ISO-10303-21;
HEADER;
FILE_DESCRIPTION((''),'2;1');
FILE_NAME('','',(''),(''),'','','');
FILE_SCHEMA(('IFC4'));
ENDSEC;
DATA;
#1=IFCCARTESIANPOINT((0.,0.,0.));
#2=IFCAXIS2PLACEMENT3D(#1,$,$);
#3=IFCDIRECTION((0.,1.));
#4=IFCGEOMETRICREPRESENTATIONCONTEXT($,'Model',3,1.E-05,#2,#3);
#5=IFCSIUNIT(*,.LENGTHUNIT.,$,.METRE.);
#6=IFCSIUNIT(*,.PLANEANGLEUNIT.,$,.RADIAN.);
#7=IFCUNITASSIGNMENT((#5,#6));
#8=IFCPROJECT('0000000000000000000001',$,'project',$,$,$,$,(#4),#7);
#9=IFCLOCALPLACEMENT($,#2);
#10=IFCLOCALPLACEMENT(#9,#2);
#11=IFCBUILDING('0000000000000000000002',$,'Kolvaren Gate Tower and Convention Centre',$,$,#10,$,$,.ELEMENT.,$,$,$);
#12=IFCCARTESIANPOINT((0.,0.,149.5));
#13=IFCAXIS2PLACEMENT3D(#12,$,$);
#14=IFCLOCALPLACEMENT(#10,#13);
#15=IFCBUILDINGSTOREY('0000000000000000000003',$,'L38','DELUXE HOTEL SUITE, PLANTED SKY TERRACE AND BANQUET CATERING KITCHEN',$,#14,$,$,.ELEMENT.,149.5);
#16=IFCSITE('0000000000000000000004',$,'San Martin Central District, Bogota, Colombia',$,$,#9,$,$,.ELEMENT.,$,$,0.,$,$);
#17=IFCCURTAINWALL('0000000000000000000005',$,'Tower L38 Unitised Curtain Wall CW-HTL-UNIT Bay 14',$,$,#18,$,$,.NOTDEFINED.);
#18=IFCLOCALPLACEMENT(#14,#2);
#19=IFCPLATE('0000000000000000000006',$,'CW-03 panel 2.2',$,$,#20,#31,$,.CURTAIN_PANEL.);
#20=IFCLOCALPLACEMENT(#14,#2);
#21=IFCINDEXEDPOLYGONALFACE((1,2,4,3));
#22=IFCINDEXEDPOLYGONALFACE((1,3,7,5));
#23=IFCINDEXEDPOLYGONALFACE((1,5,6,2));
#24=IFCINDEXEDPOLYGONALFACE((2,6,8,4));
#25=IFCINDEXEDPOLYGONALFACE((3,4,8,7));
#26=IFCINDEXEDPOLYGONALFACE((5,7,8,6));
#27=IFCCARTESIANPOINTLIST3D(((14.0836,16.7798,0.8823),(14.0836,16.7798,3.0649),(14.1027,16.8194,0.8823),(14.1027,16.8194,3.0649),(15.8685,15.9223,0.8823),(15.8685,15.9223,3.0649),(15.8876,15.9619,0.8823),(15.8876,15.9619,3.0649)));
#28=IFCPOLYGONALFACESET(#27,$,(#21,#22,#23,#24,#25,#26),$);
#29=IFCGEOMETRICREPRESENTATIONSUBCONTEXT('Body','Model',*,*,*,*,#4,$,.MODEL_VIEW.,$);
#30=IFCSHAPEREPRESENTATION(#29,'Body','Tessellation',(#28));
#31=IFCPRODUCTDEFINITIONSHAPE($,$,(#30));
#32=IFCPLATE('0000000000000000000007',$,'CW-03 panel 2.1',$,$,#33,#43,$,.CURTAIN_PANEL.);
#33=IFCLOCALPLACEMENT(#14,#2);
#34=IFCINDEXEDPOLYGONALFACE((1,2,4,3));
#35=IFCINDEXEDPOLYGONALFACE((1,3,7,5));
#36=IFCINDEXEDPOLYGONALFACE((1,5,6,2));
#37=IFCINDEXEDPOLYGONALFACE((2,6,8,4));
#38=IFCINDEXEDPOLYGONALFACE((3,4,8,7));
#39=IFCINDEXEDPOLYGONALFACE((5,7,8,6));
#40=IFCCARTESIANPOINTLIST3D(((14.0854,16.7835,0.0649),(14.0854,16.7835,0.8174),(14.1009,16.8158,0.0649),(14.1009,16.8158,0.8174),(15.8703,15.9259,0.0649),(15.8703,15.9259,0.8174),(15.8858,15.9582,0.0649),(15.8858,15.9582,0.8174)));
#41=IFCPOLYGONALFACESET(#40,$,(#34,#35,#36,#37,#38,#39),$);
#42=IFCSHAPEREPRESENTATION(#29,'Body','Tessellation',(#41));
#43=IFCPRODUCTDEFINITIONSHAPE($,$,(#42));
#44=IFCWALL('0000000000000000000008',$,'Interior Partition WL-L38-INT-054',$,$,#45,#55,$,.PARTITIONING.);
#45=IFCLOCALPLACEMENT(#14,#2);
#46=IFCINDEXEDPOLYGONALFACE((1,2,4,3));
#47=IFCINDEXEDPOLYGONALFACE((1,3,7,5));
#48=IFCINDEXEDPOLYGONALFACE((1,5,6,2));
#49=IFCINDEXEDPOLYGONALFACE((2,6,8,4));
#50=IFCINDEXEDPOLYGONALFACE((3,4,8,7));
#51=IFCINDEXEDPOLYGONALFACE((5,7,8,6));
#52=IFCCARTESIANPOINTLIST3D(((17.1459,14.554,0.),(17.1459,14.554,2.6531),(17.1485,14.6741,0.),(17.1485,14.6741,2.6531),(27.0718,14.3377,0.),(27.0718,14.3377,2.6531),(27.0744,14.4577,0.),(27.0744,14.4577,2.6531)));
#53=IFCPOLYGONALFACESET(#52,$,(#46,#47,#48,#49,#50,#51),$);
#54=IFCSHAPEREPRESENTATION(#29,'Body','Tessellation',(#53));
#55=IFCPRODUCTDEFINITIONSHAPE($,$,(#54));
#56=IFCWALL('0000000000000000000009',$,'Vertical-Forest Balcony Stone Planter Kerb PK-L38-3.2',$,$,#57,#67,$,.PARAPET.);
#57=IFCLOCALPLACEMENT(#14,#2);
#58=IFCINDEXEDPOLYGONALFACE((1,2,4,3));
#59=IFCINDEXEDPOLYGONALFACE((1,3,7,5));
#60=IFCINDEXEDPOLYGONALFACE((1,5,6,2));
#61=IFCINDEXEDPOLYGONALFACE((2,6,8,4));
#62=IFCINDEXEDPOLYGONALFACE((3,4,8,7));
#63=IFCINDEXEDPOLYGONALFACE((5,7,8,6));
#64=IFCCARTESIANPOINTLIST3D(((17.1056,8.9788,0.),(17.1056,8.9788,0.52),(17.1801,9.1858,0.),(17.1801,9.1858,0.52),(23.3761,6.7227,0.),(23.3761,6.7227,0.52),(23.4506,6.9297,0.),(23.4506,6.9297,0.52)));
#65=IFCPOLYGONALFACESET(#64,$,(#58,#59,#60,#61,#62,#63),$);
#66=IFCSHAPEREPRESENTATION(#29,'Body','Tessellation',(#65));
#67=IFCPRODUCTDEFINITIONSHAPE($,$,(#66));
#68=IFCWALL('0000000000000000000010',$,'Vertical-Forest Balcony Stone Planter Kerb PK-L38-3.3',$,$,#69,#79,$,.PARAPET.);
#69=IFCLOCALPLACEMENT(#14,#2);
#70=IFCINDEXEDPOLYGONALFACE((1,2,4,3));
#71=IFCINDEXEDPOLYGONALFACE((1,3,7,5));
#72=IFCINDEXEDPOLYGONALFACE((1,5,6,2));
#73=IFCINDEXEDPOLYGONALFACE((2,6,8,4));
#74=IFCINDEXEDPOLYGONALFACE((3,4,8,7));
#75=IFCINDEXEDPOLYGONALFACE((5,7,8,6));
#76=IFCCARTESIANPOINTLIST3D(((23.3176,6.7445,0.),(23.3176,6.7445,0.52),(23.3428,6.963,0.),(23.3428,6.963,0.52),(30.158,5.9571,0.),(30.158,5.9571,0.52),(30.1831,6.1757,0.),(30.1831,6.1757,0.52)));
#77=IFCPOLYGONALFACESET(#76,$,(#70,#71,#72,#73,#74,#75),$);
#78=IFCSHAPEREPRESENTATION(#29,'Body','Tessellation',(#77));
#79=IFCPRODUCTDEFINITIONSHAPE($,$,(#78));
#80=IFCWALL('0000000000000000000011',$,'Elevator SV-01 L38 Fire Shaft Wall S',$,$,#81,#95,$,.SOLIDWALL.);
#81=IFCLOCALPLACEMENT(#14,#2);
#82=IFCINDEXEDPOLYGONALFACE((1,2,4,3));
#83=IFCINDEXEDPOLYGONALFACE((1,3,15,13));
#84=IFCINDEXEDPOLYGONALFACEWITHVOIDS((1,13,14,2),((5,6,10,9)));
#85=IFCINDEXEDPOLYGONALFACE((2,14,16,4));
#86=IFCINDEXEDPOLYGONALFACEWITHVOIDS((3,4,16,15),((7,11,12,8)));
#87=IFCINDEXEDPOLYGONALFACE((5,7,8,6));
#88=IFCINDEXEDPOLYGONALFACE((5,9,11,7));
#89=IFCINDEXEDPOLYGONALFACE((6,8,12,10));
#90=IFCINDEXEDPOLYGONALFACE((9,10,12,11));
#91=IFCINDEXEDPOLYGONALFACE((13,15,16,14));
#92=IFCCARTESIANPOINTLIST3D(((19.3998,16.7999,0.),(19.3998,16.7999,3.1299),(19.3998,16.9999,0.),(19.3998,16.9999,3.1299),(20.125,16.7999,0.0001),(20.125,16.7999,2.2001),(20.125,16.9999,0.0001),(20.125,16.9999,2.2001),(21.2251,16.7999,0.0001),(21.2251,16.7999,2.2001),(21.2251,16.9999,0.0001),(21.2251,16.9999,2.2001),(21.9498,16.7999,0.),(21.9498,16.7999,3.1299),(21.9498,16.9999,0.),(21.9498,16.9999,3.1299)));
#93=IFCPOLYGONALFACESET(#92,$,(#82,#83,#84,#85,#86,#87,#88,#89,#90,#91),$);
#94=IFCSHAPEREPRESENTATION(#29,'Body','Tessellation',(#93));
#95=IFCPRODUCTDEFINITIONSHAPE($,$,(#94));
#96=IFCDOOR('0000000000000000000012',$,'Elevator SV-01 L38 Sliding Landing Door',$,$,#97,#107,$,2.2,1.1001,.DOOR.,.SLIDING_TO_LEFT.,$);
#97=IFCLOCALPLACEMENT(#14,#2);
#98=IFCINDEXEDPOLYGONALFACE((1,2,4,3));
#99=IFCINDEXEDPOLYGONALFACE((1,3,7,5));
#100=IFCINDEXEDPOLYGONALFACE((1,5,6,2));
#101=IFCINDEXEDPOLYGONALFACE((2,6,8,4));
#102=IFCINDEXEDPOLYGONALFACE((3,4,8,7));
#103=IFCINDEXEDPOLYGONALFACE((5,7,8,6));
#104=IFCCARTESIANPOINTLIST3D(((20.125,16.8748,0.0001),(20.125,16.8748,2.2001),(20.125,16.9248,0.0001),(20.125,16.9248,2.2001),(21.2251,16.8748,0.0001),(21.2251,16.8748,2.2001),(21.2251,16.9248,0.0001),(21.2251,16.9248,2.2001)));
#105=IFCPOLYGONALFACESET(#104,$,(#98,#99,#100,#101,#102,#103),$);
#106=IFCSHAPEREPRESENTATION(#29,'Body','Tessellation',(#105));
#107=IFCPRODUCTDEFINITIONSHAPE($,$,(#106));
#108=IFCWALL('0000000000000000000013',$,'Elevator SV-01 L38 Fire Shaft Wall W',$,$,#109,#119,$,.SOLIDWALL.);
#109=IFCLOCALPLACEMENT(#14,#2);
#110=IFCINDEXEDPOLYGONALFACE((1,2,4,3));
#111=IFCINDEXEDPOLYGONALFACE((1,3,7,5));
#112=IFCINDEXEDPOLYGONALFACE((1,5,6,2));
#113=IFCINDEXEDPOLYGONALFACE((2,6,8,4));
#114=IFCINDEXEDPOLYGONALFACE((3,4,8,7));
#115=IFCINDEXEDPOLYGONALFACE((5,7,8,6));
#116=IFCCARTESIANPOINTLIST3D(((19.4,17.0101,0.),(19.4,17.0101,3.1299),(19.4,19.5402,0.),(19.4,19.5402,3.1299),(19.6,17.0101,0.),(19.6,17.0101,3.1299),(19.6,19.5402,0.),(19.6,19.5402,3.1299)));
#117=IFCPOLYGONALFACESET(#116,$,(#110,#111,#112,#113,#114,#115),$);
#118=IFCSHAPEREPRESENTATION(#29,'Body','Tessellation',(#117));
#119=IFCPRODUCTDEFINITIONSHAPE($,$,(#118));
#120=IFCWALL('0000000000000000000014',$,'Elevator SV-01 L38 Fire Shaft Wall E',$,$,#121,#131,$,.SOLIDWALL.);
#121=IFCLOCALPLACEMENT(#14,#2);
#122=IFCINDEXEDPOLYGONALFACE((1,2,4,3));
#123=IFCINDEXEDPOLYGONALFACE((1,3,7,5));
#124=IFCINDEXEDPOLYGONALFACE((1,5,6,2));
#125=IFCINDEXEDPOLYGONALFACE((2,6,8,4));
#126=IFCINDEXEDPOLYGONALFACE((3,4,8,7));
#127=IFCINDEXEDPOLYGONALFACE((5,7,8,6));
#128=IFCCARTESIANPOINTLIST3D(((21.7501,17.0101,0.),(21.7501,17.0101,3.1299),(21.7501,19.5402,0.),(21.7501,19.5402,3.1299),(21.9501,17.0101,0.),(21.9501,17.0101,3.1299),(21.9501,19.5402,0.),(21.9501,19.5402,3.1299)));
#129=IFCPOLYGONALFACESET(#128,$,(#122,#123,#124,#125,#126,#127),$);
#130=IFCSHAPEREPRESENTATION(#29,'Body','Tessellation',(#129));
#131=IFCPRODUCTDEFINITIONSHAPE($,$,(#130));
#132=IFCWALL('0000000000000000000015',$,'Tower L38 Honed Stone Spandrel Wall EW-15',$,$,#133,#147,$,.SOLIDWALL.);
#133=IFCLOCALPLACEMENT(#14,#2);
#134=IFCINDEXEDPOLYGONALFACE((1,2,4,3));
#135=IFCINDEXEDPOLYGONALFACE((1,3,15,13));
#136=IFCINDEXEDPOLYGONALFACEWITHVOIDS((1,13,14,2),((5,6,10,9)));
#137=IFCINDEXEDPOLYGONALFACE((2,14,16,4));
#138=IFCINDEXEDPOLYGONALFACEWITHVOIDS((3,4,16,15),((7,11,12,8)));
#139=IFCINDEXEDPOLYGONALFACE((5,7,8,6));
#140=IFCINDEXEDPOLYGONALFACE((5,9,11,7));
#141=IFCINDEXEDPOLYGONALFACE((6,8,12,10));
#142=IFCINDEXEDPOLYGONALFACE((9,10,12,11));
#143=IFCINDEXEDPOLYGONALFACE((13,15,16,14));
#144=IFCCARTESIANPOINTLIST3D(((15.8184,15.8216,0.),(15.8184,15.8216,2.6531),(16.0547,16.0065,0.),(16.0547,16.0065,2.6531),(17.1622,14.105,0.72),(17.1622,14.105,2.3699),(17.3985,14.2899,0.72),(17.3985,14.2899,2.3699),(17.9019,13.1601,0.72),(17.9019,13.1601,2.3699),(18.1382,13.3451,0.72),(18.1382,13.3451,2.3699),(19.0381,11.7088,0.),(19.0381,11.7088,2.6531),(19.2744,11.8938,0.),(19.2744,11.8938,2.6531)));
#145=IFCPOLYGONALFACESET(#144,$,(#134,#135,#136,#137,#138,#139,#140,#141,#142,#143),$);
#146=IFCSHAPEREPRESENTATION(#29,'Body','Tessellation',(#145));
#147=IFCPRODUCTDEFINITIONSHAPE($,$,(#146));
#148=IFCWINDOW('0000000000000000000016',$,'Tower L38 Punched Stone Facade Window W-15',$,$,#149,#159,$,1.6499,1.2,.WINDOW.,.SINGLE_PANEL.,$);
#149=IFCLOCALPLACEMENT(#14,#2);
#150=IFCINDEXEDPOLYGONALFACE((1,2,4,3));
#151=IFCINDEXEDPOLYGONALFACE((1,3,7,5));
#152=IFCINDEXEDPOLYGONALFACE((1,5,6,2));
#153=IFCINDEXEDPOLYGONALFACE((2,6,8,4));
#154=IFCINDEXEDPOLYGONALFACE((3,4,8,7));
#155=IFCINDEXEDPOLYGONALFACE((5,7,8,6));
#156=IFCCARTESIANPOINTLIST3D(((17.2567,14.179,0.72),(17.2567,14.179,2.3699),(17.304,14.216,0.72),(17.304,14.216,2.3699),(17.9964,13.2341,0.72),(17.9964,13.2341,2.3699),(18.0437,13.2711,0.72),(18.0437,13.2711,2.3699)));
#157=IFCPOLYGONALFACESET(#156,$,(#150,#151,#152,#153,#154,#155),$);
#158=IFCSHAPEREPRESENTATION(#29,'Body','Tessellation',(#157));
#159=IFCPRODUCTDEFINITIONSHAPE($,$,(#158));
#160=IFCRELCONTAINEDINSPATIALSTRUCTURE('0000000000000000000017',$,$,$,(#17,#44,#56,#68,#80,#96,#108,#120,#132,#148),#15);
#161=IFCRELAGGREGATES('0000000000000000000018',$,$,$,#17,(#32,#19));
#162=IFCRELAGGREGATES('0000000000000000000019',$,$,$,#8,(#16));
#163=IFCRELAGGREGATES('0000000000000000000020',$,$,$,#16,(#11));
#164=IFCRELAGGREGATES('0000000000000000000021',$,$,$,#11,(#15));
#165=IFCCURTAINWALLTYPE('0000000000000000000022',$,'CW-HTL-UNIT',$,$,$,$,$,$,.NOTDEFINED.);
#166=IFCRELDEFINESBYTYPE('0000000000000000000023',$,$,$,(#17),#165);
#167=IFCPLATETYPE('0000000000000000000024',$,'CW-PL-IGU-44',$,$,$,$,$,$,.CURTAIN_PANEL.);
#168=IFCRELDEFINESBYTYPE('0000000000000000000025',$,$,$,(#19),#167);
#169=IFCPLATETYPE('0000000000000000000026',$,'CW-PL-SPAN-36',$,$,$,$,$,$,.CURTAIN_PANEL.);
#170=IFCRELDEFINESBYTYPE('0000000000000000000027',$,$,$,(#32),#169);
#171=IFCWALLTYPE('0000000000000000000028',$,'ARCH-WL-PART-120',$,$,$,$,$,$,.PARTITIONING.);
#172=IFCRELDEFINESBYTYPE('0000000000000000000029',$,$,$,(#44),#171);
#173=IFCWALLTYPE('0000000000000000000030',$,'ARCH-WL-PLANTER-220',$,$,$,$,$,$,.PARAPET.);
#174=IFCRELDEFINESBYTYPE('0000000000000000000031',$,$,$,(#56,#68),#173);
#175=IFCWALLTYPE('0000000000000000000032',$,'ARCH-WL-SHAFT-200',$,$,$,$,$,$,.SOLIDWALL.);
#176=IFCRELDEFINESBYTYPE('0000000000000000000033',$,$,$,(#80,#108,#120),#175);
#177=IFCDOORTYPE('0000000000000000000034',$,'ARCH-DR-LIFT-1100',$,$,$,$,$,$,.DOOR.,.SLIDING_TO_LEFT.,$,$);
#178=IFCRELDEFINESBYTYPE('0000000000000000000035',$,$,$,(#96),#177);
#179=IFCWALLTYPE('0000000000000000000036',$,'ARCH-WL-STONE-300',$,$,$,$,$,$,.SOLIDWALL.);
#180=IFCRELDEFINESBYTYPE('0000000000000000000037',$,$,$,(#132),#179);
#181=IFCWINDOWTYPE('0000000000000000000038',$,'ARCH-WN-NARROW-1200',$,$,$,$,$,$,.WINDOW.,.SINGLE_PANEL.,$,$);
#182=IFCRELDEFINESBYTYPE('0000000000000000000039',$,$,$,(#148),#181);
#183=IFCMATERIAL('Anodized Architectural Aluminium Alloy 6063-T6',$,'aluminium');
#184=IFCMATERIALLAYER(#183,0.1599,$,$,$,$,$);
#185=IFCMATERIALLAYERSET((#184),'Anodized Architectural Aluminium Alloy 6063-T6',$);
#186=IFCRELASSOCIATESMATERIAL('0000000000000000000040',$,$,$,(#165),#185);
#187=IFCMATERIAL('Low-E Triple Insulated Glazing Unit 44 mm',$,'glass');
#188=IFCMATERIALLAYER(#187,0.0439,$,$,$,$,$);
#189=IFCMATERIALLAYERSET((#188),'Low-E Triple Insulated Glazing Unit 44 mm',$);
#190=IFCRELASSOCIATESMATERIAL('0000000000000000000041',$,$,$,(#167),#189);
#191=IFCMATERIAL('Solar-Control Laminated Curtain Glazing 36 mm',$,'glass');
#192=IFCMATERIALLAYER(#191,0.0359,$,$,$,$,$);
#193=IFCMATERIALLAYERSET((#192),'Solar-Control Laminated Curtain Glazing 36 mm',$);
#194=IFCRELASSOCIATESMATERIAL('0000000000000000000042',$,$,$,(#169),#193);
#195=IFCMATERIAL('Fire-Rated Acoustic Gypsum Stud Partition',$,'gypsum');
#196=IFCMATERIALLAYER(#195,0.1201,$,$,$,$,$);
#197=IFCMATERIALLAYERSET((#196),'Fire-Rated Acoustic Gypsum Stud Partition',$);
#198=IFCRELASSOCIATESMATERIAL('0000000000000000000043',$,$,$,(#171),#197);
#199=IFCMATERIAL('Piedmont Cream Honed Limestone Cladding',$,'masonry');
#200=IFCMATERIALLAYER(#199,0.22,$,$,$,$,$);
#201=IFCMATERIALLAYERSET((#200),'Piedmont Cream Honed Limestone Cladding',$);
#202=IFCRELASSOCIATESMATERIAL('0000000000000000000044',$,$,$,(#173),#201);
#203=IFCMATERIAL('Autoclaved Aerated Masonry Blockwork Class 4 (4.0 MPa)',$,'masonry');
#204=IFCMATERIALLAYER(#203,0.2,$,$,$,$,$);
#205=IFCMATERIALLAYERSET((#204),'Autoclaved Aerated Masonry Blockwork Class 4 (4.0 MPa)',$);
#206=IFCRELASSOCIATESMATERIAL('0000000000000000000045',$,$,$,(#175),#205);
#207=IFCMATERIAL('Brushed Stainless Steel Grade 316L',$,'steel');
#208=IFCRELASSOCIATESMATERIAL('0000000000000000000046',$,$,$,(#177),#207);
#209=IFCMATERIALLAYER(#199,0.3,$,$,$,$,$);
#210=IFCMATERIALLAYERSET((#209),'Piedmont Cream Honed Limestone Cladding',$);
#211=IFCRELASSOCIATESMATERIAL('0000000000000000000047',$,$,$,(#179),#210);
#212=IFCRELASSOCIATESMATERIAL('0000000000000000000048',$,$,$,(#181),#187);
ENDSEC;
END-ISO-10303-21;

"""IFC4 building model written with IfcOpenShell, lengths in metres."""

from ifc_helpers import new_model, si_unit, direction, frame, frame_2d, origin, origin_2d, place, context, subcontext, project, spatial, rectangle, extrude, material, layer, layer_set, type_object, element, fill, aggregate, save


model = new_model("IFC4")

# Units and contexts
model_context = context("Model", 3, precision=1e-05, world=origin(), true_north=direction((0.0, 1.0)))
body_context = subcontext(model_context, "Body", "Model", "MODEL_VIEW")
ifc_project = project(units=[si_unit("LENGTHUNIT", "METRE"), si_unit("PLANEANGLEUNIT", "RADIAN")], contexts=[model_context])

# Site, building, storey
site_placement = place(None, origin())
site = spatial("IfcSite", under=ifc_project, at=site_placement, Name="San Martin Central District, Bogota, Colombia", CompositionType="ELEMENT", RefElevation=0.0)
building_placement = place(site_placement, origin())
building = spatial("IfcBuilding", under=site, at=building_placement, Name="Kolvaren Gate Tower and Convention Centre", CompositionType="ELEMENT")
storey_placement = place(building_placement, frame((0.0, 0.0, 149.5)))
storey = spatial("IfcBuildingStorey", under=building, at=storey_placement, Name="L38", Description="DELUXE HOTEL SUITE, PLANTED SKY TERRACE AND BANQUET CATERING KITCHEN", CompositionType="ELEMENT", Elevation=149.5)

# Curtain wall
ifc_material_1 = material(Name="Anodized Architectural Aluminium Alloy 6063-T6", Category="aluminium")
ifc_layer_1 = layer(ifc_material_1, 0.1599)
ifc_layer_set_1 = layer_set([ifc_layer_1], Name="Anodized Architectural Aluminium Alloy 6063-T6")
curtain_wall_type = type_object("IfcCurtainWallType", Name="CW-HTL-UNIT", PredefinedType="NOTDEFINED", material=ifc_layer_set_1)
curtain_wall_placement = place(storey_placement, origin())
curtain_wall = element("IfcCurtainWall", 1, at=curtain_wall_placement, inside=storey, type_object=curtain_wall_type, Name="Tower L38 Unitised Curtain Wall CW-HTL-UNIT Bay 14", PredefinedType="NOTDEFINED")

# Plates
ifc_material_2 = material(Name="Low-E Triple Insulated Glazing Unit 44 mm", Category="glass")
ifc_layer_2 = layer(ifc_material_2, 0.0439)
ifc_layer_set_2 = layer_set([ifc_layer_2], Name="Low-E Triple Insulated Glazing Unit 44 mm")
plate_type_1 = type_object("IfcPlateType", Name="CW-PL-IGU-44", PredefinedType="CURTAIN_PANEL", material=ifc_layer_set_2)
plate_1_placement = place(storey_placement, frame((14.9856, 16.3708, 0.8823), z_axis=(0.0, 0.0, 1.0), x_axis=(0.901363, -0.433065, 0.0)))
plate_1 = element("IfcPlate", 2, at=plate_1_placement, type_object=plate_type_1, Name="CW-03 panel 2.2", PredefinedType="CURTAIN_PANEL", context=body_context, shape_type="SweptSolid", body=[
    extrude(rectangle(XDim=1.9802, YDim=0.0439, at=origin_2d()), origin(), (0.0, 0.0, 1.0), 2.1826),
])
ifc_material_3 = material(Name="Solar-Control Laminated Curtain Glazing 36 mm", Category="glass")
ifc_layer_3 = layer(ifc_material_3, 0.0359)
ifc_layer_set_3 = layer_set([ifc_layer_3], Name="Solar-Control Laminated Curtain Glazing 36 mm")
plate_type_2 = type_object("IfcPlateType", Name="CW-PL-SPAN-36", PredefinedType="CURTAIN_PANEL", material=ifc_layer_set_3)
plate_2_placement = place(storey_placement, frame((14.9856, 16.3708, 0.0649), z_axis=(0.0, 0.0, 1.0), x_axis=(0.901363, -0.433065, 0.0)))
plate_2 = element("IfcPlate", 3, at=plate_2_placement, type_object=plate_type_2, Name="CW-03 panel 2.1", PredefinedType="CURTAIN_PANEL", context=body_context, shape_type="SweptSolid", body=[
    extrude(rectangle(XDim=1.9802, YDim=0.0359, at=origin_2d()), origin(), (0.0, 0.0, 1.0), 0.7524),
])
aggregate(curtain_wall, [plate_2, plate_1])

# Walls
ifc_material_4 = material(Name="Fire-Rated Acoustic Gypsum Stud Partition", Category="gypsum")
ifc_layer_4 = layer(ifc_material_4, 0.1201)
ifc_layer_set_4 = layer_set([ifc_layer_4], Name="Fire-Rated Acoustic Gypsum Stud Partition")
wall_type_1 = type_object("IfcWallType", Name="ARCH-WL-PART-120", PredefinedType="PARTITIONING", material=ifc_layer_set_4)
wall_1_placement = place(storey_placement, frame((17.1472, 14.614, 0.0), z_axis=(0.0, 0.0, 1.0), x_axis=(0.999763, -0.021787, 0.0)))
element("IfcWall", 4, at=wall_1_placement, inside=storey, type_object=wall_type_1, Name="Interior Partition WL-L38-INT-054", PredefinedType="PARTITIONING", context=body_context, shape_type="SweptSolid", body=[
    extrude(rectangle(XDim=9.9282, YDim=0.1201, at=frame_2d((4.9641, 0.0))), origin(), (0.0, 0.0, 1.0), 2.6531),
])
ifc_material_5 = material(Name="Piedmont Cream Honed Limestone Cladding", Category="masonry")
ifc_layer_5 = layer(ifc_material_5, 0.22)
ifc_layer_set_5 = layer_set([ifc_layer_5], Name="Piedmont Cream Honed Limestone Cladding")
wall_type_2 = type_object("IfcWallType", Name="ARCH-WL-PLANTER-220", PredefinedType="PARAPET", material=ifc_layer_set_5)
wall_2_placement = place(storey_placement, frame((17.1428, 9.0823, 0.0), z_axis=(0.0, 0.0, 1.0), x_axis=(0.940949, -0.33855, 0.0)))
element("IfcWall", 5, at=wall_2_placement, inside=storey, type_object=wall_type_2, Name="Vertical-Forest Balcony Stone Planter Kerb PK-L38-3.2", PredefinedType="PARAPET", context=body_context, shape_type="SweptSolid", body=[
    extrude(rectangle(XDim=6.6641, YDim=0.22, at=frame_2d((3.332, 0.0))), origin(), (0.0, 0.0, 1.0), 0.52),
])
wall_3_placement = place(storey_placement, frame((23.3301, 6.8538, 0.0), z_axis=(0.0, 0.0, 1.0), x_axis=(0.993441, -0.11435, 0.0)))
element("IfcWall", 6, at=wall_3_placement, inside=storey, type_object=wall_type_2, Name="Vertical-Forest Balcony Stone Planter Kerb PK-L38-3.3", PredefinedType="PARAPET", context=body_context, shape_type="SweptSolid", body=[
    extrude(rectangle(XDim=6.8855, YDim=0.22, at=frame_2d((3.4429, 0.0))), origin(), (0.0, 0.0, 1.0), 0.52),
])

# Wall, opening, door
ifc_material_6 = material(Name="Autoclaved Aerated Masonry Blockwork Class 4 (4.0 MPa)", Category="masonry")
ifc_layer_6 = layer(ifc_material_6, 0.2)
ifc_layer_set_6 = layer_set([ifc_layer_6], Name="Autoclaved Aerated Masonry Blockwork Class 4 (4.0 MPa)")
wall_type_3 = type_object("IfcWallType", Name="ARCH-WL-SHAFT-200", PredefinedType="SOLIDWALL", material=ifc_layer_set_6)
wall_4_placement = place(storey_placement, frame((19.3999, 16.8999, 0.0), z_axis=(0.0, 0.0, 1.0), x_axis=(1.0, 0.0, 0.0)))
wall_4 = element("IfcWall", 7, at=wall_4_placement, inside=storey, type_object=wall_type_3, Name="Elevator SV-01 L38 Fire Shaft Wall S", PredefinedType="SOLIDWALL", context=body_context, shape_type="SweptSolid", body=[
    extrude(rectangle(XDim=2.55, YDim=0.2, at=frame_2d((1.2749, 0.0))), origin(), (0.0, 0.0, 1.0), 3.1299),
])
opening_1_placement = place(wall_4_placement, frame((0.7251, 0.0, 0.0)))
opening_1 = element("IfcOpeningElement", 8, at=opening_1_placement, cuts=wall_4, PredefinedType="OPENING", context=body_context, shape_type="SweptSolid", body=[
    extrude(rectangle(XDim=1.1001, YDim=2.2, at=frame_2d((0.55, 1.1001))), frame((0.0, 0.1099, 0.0), z_axis=(0.0, -1.0, 0.0), x_axis=(1.0, 0.0, 0.0)), (0.0, 0.0, 1.0), 0.22),
])
ifc_material_7 = material(Name="Brushed Stainless Steel Grade 316L", Category="steel")
door_type_1 = type_object("IfcDoorType", Name="ARCH-DR-LIFT-1100", OperationType="SLIDING_TO_LEFT", PredefinedType="DOOR", material=ifc_material_7)
door_1_placement = place(opening_1_placement, origin())
door_1 = element("IfcDoor", 9, at=door_1_placement, inside=storey, type_object=door_type_1, Name="Elevator SV-01 L38 Sliding Landing Door", OperationType="SLIDING_TO_LEFT", OverallHeight=2.2, OverallWidth=1.1001, PredefinedType="DOOR", context=body_context, shape_type="SweptSolid", body=[
    extrude(rectangle(XDim=1.1001, YDim=2.2, at=frame_2d((0.55, 1.1001))), frame((0.0, 0.0249, 0.0), z_axis=(0.0, -1.0, 0.0), x_axis=(1.0, 0.0, 0.0)), (0.0, 0.0, 1.0), 0.05),
])
fill(opening_1, door_1)

# Walls
for number, where, z_axis, x_axis, name in (
    (10, (19.5, 17.01, 0.0), (0.0, 0.0, 1.0), (0.0, 1.0, 0.0), "Elevator SV-01 L38 Fire Shaft Wall W"),
    (11, (21.8501, 17.01, 0.0), (0.0, 0.0, 1.0), (0.0, 1.0, 0.0), "Elevator SV-01 L38 Fire Shaft Wall E"),
):
    element("IfcWall", number, at=place(storey_placement, frame(where, z_axis=z_axis, x_axis=x_axis)), inside=storey, type_object=wall_type_3, Name=name, PredefinedType="SOLIDWALL", context=body_context, shape_type="SweptSolid", body=[
        extrude(rectangle(XDim=2.53, YDim=0.2, at=frame_2d((1.2651, 0.0))), origin(), (0.0, 0.0, 1.0), 3.1299),
    ])

# Wall, opening, window
ifc_layer_7 = layer(ifc_material_5, 0.3)
ifc_layer_set_7 = layer_set([ifc_layer_7], Name="Piedmont Cream Honed Limestone Cladding")
wall_type_4 = type_object("IfcWallType", Name="ARCH-WL-STONE-300", PredefinedType="SOLIDWALL", material=ifc_layer_set_7)
wall_5_placement = place(storey_placement, frame((15.9365, 15.9141, 0.0), z_axis=(0.0, 0.0, 1.0), x_axis=(0.616429, -0.78741, 0.0)))
wall_5 = element("IfcWall", 12, at=wall_5_placement, inside=storey, type_object=wall_type_4, Name="Tower L38 Honed Stone Spandrel Wall EW-15", PredefinedType="SOLIDWALL", context=body_context, shape_type="SweptSolid", body=[
    extrude(rectangle(XDim=5.2231, YDim=0.3, at=frame_2d((2.6116, 0.0))), origin(), (0.0, 0.0, 1.0), 2.6531),
])
opening_2_placement = place(wall_5_placement, frame((2.1799, 0.0, 0.72)))
opening_2 = element("IfcOpeningElement", 13, at=opening_2_placement, cuts=wall_5, PredefinedType="OPENING", context=body_context, shape_type="SweptSolid", body=[
    extrude(rectangle(XDim=1.2, YDim=1.6499, at=frame_2d((0.6001, 0.825))), frame((0.0, 0.1599, 0.0), z_axis=(0.0, -1.0, 0.0), x_axis=(1.0, 0.0, 0.0)), (0.0, 0.0, 1.0), 0.3201),
])
window_type_1 = type_object("IfcWindowType", Name="ARCH-WN-NARROW-1200", PartitioningType="SINGLE_PANEL", PredefinedType="WINDOW", material=ifc_material_2)
window_1_placement = place(opening_2_placement, origin())
window_1 = element("IfcWindow", 14, at=window_1_placement, inside=storey, type_object=window_type_1, Name="Tower L38 Punched Stone Facade Window W-15", OverallHeight=1.6499, OverallWidth=1.2, PartitioningType="SINGLE_PANEL", PredefinedType="WINDOW", context=body_context, shape_type="SweptSolid", body=[
    extrude(rectangle(XDim=1.2, YDim=1.6499, at=frame_2d((0.6001, 0.825))), frame((0.0, 0.03, 0.0), z_axis=(0.0, -1.0, 0.0), x_axis=(1.0, 0.0, 0.0)), (0.0, 0.0, 1.0), 0.0601),
])
fill(opening_2, window_1)

save(model, "model.ifc")
